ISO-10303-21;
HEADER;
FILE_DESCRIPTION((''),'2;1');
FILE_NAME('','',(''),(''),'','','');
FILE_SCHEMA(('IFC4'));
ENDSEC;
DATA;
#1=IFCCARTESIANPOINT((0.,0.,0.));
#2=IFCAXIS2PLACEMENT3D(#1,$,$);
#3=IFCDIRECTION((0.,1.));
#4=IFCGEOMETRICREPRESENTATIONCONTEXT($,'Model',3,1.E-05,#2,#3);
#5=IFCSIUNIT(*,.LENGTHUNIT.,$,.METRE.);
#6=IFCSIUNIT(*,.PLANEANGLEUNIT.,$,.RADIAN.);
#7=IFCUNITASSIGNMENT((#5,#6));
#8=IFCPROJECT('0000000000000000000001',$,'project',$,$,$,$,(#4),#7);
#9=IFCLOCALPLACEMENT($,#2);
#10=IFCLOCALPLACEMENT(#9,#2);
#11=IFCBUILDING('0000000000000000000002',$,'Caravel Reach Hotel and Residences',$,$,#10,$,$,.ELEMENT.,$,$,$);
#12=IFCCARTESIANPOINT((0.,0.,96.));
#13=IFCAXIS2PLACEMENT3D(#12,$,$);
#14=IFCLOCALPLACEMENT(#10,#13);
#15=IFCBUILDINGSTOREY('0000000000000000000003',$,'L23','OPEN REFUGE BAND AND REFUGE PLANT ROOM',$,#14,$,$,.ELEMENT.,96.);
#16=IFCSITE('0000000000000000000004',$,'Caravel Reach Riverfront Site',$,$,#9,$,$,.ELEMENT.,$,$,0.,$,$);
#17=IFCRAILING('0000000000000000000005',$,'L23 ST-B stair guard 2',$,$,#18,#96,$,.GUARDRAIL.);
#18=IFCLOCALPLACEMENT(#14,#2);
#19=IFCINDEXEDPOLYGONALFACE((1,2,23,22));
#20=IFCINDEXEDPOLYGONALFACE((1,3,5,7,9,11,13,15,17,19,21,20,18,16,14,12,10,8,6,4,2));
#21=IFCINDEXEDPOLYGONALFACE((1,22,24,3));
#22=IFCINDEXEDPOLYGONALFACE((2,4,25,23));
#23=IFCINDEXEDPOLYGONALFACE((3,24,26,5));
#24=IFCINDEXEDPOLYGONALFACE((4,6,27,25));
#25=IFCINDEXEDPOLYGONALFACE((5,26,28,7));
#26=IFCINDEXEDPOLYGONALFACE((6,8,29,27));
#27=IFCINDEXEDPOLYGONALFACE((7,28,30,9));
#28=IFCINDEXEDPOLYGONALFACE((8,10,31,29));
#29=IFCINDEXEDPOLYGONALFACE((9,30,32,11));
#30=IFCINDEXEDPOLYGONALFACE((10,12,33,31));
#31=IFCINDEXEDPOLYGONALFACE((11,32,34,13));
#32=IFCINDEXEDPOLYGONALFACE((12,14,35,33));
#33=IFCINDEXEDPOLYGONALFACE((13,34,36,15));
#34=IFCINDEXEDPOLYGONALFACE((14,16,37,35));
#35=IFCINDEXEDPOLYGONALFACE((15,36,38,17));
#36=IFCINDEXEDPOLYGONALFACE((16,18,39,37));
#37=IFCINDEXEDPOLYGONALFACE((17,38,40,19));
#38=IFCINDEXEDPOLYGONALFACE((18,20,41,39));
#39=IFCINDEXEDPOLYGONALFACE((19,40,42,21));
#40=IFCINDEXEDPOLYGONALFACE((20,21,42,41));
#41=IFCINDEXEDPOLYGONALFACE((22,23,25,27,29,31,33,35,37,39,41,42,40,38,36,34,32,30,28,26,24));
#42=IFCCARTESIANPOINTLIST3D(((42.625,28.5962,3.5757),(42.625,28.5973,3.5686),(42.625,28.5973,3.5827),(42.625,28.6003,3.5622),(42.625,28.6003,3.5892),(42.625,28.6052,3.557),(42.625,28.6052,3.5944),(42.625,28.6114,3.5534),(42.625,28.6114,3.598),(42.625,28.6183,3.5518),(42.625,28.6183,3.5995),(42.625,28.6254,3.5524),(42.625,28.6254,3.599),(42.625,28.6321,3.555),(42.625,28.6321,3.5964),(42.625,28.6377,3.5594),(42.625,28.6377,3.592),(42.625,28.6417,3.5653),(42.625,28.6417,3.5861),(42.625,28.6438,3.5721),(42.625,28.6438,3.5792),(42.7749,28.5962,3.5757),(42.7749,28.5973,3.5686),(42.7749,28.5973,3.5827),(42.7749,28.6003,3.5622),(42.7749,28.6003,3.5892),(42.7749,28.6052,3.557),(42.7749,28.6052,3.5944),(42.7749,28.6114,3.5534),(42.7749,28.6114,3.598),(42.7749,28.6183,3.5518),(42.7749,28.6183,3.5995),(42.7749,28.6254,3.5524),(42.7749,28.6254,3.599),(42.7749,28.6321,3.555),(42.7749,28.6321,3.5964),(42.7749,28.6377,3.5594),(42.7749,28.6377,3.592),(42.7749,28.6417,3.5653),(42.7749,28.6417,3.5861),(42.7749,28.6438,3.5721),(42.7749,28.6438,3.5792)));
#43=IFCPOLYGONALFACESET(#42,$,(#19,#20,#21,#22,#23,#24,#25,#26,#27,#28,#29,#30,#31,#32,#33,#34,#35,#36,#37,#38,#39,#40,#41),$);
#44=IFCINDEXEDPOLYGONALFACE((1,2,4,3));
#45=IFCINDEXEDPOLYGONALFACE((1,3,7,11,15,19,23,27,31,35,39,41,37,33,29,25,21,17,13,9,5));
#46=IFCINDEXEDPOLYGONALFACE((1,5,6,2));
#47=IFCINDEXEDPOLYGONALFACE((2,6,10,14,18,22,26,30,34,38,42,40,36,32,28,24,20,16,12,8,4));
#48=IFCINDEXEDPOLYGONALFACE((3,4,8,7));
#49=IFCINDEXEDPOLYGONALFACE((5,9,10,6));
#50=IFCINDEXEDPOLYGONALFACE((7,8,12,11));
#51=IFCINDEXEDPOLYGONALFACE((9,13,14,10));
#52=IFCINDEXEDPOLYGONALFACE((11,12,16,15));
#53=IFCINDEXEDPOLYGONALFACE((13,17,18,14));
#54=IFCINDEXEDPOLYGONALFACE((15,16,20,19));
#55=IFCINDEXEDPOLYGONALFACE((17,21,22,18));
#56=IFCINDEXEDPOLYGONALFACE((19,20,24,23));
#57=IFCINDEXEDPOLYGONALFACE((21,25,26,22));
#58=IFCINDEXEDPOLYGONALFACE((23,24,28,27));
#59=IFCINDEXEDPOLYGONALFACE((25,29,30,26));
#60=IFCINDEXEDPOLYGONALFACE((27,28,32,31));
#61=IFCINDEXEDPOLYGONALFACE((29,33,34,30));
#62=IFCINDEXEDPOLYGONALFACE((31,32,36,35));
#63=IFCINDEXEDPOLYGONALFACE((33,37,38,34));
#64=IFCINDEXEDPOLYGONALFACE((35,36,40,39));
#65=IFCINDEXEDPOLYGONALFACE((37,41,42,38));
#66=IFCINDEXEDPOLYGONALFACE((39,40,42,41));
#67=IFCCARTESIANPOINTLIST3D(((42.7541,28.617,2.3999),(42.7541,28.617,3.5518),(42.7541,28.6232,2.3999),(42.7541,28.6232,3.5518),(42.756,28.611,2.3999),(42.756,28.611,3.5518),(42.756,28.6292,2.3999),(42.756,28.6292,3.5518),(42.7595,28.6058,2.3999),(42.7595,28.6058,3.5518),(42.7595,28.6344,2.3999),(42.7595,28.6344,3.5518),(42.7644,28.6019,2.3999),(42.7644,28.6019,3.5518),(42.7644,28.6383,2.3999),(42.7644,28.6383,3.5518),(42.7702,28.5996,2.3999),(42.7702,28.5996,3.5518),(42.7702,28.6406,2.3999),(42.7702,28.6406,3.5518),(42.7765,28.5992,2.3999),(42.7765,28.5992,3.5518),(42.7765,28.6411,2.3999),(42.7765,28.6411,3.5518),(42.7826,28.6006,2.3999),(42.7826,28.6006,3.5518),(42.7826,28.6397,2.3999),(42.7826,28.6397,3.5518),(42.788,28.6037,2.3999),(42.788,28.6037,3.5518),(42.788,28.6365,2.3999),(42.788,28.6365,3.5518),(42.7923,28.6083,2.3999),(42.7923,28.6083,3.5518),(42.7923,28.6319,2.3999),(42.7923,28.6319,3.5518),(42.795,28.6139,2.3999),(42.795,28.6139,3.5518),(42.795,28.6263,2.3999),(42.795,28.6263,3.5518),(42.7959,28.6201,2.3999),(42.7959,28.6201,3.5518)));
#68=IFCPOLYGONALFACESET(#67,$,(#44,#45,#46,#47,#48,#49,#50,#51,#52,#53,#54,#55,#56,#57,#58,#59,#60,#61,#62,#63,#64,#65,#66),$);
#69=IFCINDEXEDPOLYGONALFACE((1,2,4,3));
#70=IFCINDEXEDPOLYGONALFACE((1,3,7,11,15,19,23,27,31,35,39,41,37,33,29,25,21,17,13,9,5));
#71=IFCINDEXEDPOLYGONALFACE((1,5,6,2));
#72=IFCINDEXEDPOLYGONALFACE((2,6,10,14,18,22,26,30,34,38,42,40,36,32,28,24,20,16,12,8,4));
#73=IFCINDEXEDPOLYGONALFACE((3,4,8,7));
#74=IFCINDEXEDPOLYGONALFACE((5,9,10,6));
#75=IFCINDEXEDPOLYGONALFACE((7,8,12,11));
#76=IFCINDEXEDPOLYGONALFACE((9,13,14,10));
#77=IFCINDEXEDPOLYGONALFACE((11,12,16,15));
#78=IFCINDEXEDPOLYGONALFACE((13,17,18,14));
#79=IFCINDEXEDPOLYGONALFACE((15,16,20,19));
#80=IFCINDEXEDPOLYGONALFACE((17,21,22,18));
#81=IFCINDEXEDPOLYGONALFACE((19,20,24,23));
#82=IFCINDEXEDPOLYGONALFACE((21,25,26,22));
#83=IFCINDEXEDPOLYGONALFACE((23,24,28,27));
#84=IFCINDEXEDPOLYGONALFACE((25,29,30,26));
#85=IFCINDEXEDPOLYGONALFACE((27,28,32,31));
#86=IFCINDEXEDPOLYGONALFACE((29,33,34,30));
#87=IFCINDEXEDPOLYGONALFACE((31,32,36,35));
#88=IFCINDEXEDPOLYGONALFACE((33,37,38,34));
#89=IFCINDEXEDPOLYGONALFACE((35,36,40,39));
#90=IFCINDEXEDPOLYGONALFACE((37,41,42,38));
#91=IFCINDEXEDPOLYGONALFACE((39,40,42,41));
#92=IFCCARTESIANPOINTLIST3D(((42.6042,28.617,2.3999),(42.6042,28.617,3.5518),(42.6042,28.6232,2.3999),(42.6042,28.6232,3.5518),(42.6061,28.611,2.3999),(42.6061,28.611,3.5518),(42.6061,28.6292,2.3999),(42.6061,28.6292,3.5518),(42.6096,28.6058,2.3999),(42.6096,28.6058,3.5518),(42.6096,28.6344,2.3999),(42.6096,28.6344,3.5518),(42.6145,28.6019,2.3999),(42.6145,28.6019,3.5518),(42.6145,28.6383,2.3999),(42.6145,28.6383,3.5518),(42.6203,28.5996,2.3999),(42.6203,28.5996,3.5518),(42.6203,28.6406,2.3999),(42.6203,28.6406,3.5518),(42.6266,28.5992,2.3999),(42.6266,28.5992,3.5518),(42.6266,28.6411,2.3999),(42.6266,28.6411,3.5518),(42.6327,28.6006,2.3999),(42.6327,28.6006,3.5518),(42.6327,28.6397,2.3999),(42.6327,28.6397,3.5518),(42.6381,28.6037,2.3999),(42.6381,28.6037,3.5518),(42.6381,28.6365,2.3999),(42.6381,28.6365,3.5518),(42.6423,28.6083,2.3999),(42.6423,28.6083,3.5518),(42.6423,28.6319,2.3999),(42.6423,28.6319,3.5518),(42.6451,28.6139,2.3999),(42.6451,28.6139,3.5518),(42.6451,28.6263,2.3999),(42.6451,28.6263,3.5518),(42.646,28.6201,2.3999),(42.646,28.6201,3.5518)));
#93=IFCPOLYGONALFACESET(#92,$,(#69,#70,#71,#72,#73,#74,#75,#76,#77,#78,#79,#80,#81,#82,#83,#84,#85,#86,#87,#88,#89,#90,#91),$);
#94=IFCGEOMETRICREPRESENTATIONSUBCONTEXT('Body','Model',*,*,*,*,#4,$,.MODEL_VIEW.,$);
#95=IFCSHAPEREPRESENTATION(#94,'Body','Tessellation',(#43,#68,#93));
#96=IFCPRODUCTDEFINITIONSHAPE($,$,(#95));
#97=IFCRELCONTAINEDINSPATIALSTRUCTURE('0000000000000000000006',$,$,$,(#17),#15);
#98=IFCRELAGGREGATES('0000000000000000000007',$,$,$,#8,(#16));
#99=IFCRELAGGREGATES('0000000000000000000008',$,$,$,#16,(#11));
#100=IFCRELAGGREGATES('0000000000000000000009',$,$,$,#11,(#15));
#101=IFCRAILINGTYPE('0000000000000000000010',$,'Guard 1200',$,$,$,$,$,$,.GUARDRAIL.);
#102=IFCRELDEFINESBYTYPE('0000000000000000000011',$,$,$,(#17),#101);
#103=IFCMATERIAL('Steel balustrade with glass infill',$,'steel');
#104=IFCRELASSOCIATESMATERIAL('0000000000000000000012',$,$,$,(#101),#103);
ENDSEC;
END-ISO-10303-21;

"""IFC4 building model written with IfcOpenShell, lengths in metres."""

from ifc_helpers import new_model, si_unit, direction, frame, origin, origin_2d, place, context, subcontext, project, spatial, circle, extrude, material, type_object, element, save


model = new_model("IFC4")

# Units and contexts
model_context = context("Model", 3, precision=1e-05, world=origin(), true_north=direction((0.0, 1.0)))
body_context = subcontext(model_context, "Body", "Model", "MODEL_VIEW")
ifc_project = project(units=[si_unit("LENGTHUNIT", "METRE"), si_unit("PLANEANGLEUNIT", "RADIAN")], contexts=[model_context])

# Site, building, storey
site_placement = place(None, origin())
site = spatial("IfcSite", under=ifc_project, at=site_placement, Name="Caravel Reach Riverfront Site", CompositionType="ELEMENT", RefElevation=0.0)
building_placement = place(site_placement, origin())
building = spatial("IfcBuilding", under=site, at=building_placement, Name="Caravel Reach Hotel and Residences", CompositionType="ELEMENT")
storey_placement = place(building_placement, frame((0.0, 0.0, 96.0)))
storey = spatial("IfcBuildingStorey", under=building, at=storey_placement, Name="L23", Description="OPEN REFUGE BAND AND REFUGE PLANT ROOM", CompositionType="ELEMENT", Elevation=96.0)

# Railing
ifc_material_1 = material(Name="Steel balustrade with glass infill", Category="steel")
railing_type_1 = type_object("IfcRailingType", Name="Guard 1200", PredefinedType="GUARDRAIL", material=ifc_material_1)
railing_1_placement = place(storey_placement, frame((42.7749, 28.6201, 2.3999)))
element("IfcRailing", 1, at=railing_1_placement, inside=storey, type_object=railing_type_1, Name="L23 ST-B stair guard 2", PredefinedType="GUARDRAIL", context=body_context, shape_type="SweptSolid", body=[
    extrude(circle(Radius=0.0239, at=origin_2d()), frame((0.0, 0.0, 1.1758), z_axis=(-1.0, 0.0, 0.0), x_axis=(0.0, -1.0, 0.0)), (0.0, 0.0, 1.0), 0.1499),
    extrude(circle(Radius=0.021, at=origin_2d()), origin(), (0.0, 0.0, 1.0), 1.1519),
    extrude(circle(Radius=0.021, at=origin_2d()), frame((-0.1499, 0.0, 0.0)), (0.0, 0.0, 1.0), 1.1519),
])

save(model, "model.ifc")
